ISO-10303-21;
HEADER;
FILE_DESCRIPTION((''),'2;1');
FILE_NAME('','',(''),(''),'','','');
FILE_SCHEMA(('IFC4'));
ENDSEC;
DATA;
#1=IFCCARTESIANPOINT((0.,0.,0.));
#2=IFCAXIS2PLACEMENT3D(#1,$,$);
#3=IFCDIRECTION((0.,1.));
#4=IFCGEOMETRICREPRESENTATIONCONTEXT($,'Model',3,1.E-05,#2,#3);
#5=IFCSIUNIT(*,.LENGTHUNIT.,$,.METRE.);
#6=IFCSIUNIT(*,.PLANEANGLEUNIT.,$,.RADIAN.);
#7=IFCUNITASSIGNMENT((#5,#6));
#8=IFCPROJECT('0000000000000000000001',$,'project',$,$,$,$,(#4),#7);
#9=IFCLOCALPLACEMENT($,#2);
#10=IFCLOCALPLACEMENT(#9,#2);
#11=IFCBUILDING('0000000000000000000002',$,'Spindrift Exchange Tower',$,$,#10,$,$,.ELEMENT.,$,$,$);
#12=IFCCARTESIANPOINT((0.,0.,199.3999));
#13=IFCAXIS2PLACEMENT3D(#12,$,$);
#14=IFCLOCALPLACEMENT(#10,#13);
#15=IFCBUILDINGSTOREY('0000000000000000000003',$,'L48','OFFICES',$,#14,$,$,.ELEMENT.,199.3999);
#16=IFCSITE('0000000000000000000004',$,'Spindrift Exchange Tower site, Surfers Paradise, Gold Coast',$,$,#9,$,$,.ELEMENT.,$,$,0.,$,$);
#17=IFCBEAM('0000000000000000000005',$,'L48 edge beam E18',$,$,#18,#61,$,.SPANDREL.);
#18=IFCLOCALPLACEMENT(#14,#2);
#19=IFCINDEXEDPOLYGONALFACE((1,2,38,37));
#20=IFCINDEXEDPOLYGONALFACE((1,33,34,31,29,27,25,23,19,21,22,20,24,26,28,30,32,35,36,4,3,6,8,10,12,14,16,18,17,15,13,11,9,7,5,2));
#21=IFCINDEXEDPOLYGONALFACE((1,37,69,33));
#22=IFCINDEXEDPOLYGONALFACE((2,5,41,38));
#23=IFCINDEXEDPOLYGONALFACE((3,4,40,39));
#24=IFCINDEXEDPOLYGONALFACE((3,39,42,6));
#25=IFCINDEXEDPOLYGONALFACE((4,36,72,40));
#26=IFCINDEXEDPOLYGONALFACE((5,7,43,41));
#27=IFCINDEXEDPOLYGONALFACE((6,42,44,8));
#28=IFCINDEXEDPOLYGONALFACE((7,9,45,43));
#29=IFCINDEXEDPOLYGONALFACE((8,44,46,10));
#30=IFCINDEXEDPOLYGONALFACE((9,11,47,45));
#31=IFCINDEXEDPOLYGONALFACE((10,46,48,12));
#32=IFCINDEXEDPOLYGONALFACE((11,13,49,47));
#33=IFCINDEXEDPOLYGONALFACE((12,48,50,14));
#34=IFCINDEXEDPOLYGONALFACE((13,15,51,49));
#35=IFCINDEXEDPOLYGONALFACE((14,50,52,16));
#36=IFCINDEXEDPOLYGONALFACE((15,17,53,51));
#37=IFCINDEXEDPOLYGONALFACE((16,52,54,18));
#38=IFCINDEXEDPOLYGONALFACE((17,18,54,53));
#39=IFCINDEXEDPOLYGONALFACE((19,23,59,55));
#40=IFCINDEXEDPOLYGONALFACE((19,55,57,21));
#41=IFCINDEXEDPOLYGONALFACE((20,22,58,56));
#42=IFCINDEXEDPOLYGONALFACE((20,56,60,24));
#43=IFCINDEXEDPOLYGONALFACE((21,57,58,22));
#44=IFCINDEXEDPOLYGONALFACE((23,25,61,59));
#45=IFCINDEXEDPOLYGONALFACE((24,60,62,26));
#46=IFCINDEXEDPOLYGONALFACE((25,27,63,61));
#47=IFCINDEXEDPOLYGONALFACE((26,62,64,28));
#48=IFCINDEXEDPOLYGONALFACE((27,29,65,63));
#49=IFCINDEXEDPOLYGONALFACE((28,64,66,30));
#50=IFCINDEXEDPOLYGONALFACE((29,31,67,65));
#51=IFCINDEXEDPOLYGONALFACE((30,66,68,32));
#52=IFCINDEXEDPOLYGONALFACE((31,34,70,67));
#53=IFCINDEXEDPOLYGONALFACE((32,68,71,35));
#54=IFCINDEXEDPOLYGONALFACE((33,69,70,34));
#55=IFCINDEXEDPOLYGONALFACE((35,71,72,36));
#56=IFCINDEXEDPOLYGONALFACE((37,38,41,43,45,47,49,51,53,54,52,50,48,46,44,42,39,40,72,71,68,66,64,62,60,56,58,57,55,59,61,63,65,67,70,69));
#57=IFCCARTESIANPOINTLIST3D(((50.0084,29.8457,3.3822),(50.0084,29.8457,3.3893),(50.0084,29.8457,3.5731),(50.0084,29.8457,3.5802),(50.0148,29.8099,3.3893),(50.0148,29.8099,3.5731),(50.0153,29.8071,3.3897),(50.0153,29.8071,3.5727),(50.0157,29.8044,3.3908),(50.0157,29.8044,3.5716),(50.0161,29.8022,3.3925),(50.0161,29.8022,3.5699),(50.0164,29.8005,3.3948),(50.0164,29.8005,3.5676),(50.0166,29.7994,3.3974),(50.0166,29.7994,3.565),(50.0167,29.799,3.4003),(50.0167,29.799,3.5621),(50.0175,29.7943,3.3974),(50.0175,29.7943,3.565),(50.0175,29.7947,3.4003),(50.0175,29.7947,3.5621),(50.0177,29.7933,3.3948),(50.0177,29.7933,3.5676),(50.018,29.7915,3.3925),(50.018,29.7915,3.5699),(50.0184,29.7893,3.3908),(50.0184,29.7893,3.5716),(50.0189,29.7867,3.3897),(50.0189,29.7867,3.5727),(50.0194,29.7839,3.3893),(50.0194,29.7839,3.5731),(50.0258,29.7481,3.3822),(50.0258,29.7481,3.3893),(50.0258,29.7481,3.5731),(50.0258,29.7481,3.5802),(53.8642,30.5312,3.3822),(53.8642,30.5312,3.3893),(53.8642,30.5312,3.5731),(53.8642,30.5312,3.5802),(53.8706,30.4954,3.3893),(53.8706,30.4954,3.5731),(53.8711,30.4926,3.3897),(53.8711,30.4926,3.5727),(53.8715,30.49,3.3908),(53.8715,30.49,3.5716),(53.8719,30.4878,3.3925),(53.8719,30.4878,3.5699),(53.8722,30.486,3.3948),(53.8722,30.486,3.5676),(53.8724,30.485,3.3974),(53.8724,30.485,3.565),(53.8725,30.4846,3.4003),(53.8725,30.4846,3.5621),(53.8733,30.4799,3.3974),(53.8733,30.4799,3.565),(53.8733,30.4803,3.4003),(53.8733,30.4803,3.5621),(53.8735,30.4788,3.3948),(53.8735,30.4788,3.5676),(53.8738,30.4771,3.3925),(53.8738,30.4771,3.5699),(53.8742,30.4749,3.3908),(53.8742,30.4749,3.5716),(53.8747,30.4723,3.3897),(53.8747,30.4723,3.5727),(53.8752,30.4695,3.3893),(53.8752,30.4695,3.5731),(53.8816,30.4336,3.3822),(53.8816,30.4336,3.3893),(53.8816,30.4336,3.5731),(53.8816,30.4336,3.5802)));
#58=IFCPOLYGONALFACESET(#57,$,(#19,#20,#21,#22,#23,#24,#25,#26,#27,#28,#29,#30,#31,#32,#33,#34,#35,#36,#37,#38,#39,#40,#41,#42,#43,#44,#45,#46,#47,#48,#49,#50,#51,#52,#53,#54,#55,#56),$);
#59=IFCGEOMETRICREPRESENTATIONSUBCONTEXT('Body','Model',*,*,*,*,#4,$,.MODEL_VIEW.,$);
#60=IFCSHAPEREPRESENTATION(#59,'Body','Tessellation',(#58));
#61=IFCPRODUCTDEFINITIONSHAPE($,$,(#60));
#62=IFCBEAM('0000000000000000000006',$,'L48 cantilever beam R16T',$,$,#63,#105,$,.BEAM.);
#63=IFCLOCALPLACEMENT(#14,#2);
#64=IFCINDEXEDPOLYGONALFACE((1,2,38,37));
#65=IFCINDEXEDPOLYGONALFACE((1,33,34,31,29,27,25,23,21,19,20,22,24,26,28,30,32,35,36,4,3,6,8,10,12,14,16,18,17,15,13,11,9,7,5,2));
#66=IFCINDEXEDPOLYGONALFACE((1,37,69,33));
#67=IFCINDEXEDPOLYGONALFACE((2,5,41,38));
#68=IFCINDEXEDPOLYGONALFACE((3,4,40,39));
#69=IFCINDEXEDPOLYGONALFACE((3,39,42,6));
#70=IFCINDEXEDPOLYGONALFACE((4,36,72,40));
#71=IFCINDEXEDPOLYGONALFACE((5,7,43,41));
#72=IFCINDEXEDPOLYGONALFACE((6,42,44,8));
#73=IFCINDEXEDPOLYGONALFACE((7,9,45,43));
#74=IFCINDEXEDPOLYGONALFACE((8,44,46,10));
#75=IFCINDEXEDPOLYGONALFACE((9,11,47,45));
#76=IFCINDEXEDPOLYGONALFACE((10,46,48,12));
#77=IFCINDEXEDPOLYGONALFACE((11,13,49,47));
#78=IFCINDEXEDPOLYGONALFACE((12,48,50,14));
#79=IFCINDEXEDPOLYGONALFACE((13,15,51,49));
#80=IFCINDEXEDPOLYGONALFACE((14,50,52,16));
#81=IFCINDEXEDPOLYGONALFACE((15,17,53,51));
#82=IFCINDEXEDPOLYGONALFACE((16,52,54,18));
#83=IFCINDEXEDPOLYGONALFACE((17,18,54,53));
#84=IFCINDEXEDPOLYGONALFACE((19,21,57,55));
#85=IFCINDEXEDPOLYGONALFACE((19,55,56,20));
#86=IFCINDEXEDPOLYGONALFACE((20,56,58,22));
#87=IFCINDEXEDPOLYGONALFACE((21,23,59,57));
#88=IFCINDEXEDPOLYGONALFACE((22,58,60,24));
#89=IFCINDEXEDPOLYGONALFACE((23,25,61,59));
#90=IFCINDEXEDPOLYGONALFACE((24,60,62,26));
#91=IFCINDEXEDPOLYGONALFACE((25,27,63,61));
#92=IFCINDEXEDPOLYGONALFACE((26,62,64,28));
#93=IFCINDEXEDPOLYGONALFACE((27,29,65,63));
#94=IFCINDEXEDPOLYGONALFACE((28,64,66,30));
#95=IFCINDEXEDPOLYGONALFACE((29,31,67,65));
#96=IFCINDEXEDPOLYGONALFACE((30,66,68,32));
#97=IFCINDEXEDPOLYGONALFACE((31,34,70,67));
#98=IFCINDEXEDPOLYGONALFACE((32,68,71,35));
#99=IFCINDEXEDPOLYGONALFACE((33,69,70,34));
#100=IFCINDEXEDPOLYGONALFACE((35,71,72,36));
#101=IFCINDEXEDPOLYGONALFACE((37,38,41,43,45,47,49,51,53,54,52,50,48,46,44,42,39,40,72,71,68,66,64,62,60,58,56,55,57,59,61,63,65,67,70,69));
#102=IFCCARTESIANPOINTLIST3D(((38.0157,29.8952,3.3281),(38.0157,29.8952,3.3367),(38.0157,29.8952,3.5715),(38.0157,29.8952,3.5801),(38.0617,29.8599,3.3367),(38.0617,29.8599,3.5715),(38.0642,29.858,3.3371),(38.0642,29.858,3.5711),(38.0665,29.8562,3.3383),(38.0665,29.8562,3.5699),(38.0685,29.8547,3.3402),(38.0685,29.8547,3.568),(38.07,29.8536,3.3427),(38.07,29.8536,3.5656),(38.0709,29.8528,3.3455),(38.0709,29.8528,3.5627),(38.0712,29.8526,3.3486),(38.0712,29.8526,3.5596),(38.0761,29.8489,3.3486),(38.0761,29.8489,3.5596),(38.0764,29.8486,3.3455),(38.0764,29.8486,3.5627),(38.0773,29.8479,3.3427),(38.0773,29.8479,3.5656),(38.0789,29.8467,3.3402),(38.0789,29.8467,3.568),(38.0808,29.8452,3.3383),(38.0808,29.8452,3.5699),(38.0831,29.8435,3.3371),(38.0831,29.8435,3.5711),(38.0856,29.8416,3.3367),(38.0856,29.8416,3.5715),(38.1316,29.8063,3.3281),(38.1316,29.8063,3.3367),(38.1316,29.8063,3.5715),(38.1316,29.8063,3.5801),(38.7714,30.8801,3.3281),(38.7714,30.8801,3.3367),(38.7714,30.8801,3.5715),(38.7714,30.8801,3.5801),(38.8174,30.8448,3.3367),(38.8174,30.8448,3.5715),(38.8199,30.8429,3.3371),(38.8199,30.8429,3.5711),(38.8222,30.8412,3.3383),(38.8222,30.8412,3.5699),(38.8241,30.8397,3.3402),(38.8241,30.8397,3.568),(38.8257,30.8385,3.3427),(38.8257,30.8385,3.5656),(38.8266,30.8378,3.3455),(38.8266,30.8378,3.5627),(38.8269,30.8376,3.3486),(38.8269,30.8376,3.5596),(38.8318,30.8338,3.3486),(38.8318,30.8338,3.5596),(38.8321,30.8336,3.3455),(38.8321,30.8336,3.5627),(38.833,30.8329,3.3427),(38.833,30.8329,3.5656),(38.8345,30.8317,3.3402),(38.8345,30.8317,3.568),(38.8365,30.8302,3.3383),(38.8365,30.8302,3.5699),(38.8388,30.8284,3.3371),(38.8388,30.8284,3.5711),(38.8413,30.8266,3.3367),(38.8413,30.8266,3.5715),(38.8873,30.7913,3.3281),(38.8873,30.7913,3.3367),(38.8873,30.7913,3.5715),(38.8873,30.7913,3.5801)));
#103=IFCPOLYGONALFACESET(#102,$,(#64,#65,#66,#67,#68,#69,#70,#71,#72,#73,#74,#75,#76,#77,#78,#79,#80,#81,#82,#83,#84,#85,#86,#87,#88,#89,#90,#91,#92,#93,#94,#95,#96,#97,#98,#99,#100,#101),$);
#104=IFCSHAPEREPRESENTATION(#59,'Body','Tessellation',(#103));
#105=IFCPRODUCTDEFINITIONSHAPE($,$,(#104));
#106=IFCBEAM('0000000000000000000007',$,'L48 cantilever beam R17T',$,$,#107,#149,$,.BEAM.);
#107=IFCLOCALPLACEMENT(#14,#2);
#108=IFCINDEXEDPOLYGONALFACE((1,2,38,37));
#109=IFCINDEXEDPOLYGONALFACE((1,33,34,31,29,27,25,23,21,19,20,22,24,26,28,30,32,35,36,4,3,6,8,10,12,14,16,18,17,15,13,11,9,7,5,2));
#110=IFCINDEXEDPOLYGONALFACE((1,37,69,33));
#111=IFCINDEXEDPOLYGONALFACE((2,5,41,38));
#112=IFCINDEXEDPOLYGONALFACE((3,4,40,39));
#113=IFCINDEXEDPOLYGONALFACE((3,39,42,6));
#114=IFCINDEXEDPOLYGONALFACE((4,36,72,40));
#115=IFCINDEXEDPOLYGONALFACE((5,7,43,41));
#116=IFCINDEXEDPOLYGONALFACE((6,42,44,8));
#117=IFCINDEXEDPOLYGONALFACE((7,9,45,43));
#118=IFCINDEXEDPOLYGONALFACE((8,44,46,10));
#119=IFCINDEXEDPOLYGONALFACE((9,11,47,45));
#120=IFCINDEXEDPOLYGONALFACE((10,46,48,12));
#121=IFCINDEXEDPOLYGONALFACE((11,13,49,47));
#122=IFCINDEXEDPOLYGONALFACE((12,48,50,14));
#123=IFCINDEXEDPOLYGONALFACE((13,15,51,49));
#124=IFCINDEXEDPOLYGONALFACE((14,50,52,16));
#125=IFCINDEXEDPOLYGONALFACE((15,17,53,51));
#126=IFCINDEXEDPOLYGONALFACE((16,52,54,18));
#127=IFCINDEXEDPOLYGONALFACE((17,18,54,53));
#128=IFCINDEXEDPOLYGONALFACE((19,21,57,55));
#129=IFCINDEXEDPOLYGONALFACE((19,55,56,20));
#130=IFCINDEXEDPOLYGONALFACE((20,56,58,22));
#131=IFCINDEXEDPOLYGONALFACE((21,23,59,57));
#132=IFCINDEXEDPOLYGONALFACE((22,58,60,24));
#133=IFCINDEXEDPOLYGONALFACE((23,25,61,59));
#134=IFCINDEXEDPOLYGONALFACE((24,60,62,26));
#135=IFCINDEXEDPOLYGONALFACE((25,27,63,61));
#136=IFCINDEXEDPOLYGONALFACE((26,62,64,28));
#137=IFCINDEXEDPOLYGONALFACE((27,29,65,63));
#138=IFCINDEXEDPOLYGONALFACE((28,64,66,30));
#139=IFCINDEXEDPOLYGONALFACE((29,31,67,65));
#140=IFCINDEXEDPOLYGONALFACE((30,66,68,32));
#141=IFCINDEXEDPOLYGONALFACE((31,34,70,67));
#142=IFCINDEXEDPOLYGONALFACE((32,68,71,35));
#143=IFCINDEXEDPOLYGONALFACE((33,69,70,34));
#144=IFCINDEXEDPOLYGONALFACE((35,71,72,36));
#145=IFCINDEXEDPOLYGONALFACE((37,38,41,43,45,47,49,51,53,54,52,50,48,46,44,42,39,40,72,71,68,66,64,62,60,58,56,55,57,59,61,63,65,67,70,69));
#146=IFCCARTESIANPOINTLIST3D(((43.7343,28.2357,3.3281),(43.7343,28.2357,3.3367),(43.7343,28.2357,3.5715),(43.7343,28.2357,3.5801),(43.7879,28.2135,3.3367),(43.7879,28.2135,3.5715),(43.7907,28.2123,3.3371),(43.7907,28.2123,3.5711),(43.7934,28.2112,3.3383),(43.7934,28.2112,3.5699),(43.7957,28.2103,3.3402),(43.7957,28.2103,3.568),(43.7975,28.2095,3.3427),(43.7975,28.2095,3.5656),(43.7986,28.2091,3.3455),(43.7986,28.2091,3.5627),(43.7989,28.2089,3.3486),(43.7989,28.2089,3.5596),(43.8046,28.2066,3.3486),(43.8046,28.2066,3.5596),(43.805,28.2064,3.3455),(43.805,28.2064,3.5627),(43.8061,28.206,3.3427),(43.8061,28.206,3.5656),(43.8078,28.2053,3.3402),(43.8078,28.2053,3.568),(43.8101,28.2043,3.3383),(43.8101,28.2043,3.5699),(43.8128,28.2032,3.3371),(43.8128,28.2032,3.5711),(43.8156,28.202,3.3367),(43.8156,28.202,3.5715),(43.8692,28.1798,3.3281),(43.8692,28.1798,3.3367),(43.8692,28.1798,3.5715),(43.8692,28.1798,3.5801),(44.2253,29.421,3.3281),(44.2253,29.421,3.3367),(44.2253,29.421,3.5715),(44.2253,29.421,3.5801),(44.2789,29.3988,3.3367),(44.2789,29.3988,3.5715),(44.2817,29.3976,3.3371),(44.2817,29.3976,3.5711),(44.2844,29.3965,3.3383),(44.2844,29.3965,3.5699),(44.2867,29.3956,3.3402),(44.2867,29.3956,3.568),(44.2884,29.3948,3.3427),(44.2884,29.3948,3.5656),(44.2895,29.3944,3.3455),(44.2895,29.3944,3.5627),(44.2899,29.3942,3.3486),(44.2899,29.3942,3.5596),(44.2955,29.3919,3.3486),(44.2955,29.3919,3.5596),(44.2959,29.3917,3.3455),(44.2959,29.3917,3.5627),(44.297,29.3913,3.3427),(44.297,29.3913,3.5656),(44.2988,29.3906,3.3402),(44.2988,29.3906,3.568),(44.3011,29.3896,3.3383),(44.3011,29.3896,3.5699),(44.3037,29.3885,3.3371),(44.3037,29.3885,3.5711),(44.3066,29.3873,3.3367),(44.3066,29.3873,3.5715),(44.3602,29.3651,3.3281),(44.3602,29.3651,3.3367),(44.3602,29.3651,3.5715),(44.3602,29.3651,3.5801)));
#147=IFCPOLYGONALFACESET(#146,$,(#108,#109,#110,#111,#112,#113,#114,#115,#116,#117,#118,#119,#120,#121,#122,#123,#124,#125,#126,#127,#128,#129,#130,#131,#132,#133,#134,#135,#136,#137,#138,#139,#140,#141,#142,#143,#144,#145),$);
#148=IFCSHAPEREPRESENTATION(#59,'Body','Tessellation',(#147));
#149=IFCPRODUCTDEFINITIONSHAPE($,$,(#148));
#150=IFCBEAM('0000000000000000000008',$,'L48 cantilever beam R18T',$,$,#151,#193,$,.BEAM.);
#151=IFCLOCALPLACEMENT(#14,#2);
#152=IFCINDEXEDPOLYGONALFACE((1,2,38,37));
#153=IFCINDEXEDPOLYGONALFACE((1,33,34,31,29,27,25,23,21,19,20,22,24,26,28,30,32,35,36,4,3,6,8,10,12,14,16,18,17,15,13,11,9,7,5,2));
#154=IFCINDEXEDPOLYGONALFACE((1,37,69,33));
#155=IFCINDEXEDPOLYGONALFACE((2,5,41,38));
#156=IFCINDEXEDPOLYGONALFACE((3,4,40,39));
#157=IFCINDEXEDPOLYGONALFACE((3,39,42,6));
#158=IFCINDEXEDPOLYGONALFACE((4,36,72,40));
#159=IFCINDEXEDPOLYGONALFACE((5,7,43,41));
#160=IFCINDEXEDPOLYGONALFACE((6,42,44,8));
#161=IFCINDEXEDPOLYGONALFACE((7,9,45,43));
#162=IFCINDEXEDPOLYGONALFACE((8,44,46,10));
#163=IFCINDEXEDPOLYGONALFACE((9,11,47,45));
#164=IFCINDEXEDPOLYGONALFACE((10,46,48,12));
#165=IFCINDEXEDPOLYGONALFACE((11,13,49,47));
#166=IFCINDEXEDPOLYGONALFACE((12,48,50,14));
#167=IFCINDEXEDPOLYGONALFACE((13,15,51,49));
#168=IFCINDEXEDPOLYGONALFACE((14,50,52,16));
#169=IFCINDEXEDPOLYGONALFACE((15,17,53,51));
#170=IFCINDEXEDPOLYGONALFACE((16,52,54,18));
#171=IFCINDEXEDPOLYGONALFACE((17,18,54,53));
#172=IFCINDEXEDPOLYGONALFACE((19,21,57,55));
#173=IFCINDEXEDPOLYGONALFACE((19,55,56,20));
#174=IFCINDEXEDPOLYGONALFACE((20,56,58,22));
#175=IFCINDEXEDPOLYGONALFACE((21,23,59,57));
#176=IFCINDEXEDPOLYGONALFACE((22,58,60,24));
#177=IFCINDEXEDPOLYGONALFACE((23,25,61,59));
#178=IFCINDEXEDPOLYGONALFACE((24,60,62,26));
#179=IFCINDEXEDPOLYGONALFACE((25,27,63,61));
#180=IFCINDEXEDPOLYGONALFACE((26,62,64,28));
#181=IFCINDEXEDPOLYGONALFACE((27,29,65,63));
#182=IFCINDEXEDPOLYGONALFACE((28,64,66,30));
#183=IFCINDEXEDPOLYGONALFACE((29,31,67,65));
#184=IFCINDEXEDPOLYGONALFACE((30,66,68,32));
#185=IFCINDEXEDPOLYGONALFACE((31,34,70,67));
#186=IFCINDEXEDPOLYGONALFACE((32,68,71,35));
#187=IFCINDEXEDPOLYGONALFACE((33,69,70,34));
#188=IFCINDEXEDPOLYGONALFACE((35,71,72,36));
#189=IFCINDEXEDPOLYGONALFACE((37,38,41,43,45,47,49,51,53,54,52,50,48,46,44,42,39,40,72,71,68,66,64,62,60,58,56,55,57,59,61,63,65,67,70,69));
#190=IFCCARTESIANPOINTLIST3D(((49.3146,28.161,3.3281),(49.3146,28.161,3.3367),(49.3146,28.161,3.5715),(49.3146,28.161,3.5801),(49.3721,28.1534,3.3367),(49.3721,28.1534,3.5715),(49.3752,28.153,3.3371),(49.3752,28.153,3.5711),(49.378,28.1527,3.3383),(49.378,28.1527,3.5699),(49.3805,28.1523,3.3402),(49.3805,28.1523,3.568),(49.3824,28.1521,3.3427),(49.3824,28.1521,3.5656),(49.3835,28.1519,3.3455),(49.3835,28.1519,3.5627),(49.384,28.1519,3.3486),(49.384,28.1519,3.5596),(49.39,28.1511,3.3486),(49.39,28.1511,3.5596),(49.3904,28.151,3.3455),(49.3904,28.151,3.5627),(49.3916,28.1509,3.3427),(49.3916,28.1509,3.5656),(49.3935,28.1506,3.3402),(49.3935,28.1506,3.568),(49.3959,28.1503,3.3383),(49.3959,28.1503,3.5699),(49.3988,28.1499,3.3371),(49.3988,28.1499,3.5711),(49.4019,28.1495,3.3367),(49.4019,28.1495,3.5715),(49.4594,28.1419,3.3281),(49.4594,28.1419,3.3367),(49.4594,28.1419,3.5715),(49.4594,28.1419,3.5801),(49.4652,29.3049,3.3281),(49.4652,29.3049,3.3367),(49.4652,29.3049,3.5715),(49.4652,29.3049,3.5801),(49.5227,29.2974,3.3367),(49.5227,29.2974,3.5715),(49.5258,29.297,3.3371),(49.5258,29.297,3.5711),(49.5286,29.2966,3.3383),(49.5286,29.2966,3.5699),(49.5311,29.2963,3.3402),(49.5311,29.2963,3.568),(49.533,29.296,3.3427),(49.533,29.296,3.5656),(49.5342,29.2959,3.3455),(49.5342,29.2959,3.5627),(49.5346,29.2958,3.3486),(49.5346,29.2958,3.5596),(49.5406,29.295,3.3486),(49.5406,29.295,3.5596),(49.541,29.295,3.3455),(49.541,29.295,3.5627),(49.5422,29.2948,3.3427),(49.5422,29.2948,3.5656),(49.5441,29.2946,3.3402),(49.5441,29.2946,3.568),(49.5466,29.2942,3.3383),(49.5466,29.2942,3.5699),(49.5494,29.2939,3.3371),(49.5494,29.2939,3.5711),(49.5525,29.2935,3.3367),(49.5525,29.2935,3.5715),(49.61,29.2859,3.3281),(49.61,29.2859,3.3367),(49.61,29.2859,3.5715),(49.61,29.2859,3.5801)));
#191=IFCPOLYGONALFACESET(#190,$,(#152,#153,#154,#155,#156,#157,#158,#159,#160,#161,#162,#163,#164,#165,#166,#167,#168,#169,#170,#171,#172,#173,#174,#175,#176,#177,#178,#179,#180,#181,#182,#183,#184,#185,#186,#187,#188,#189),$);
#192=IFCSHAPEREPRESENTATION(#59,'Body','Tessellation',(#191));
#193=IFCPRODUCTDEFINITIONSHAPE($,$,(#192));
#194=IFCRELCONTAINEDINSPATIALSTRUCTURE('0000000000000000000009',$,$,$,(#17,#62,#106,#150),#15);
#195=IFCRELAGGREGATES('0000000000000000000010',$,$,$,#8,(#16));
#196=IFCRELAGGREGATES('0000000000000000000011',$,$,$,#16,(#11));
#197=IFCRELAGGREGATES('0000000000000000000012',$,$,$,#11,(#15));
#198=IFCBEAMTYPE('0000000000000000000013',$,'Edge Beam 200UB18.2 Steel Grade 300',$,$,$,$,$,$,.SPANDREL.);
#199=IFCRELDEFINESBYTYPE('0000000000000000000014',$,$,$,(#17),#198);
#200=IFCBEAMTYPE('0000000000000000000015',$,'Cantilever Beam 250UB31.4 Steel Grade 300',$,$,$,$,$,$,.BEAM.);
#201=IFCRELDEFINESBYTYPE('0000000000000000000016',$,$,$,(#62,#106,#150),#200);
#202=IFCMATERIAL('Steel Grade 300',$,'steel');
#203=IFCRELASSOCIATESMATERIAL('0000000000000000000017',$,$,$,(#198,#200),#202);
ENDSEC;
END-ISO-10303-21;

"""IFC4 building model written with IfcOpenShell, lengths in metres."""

from ifc_helpers import new_model, si_unit, direction, frame, origin, origin_2d, place, context, subcontext, project, spatial, i_section, extrude, source, transform, mapped, material, material_profile, profile_set, type_object, element, save


model = new_model("IFC4")

# Units and contexts
model_context = context("Model", 3, precision=1e-05, world=origin(), true_north=direction((0.0, 1.0)))
body_context = subcontext(model_context, "Body", "Model", "MODEL_VIEW")
ifc_project = project(units=[si_unit("LENGTHUNIT", "METRE"), si_unit("PLANEANGLEUNIT", "RADIAN")], contexts=[model_context])

# Site, building, storey
site_placement = place(None, origin())
site = spatial("IfcSite", under=ifc_project, at=site_placement, Name="Spindrift Exchange Tower site, Surfers Paradise, Gold Coast", CompositionType="ELEMENT", RefElevation=0.0)
building_placement = place(site_placement, origin())
building = spatial("IfcBuilding", under=site, at=building_placement, Name="Spindrift Exchange Tower", CompositionType="ELEMENT")
storey_placement = place(building_placement, frame((0.0, 0.0, 199.3999)))
storey = spatial("IfcBuildingStorey", under=building, at=storey_placement, Name="L48", Description="OFFICES", CompositionType="ELEMENT", Elevation=199.3999)

# Beams
ifc_material_1 = material(Name="Steel Grade 300", Category="steel")
ifc_material_profile_1 = material_profile(ifc_material_1, i_section(OverallWidth=0.0991, OverallDepth=0.198, WebThickness=0.0044, FlangeThickness=0.0071, FilletRadius=0.011, at=origin_2d()), Name="200UB18.2")
ifc_profile_set_1 = profile_set([ifc_material_profile_1], Name="Steel Grade 300")
beam_type_1 = type_object("IfcBeamType", Name="Edge Beam 200UB18.2 Steel Grade 300", PredefinedType="SPANDREL", material=ifc_profile_set_1)
shared_shape_1 = source(origin(), body_context, "Body", "SweptSolid", [
    extrude(i_section(OverallWidth=0.0991, OverallDepth=0.198, WebThickness=0.0044, FlangeThickness=0.0071, FilletRadius=0.011, at=origin_2d()), origin(), (0.0, 0.0, 1.0), 3.9163),
])
beam_1_placement = place(storey_placement, frame((50.0171, 29.7969, 3.4812), z_axis=(0.984559, 0.175055, 0.0), x_axis=(-0.175055, 0.984559, 0.0)))
element("IfcBeam", 1, at=beam_1_placement, inside=storey, type_object=beam_type_1, Name="L48 edge beam E18", PredefinedType="SPANDREL", context=body_context, shape_type="MappedRepresentation", body=[
    mapped(shared_shape_1, transform((0.0, 0.0, 0.0), scale=1.0)),
])
ifc_material_profile_2 = material_profile(ifc_material_1, i_section(OverallWidth=0.146, OverallDepth=0.252, WebThickness=0.0061, FlangeThickness=0.0085, FilletRadius=0.012, at=origin_2d()), Name="250UB31.4")
ifc_profile_set_2 = profile_set([ifc_material_profile_2], Name="Steel Grade 300")
beam_type_2 = type_object("IfcBeamType", Name="Cantilever Beam 250UB31.4 Steel Grade 300", PredefinedType="BEAM", material=ifc_profile_set_2)
shared_shape_2 = source(origin(), body_context, "Body", "SweptSolid", [
    extrude(i_section(OverallWidth=0.146, OverallDepth=0.252, WebThickness=0.0061, FlangeThickness=0.0085, FilletRadius=0.012, at=origin_2d()), origin(), (0.0, 0.0, 1.0), 1.2415),
])
beam_2_placement = place(storey_placement, frame((38.8293, 30.8357, 3.4541), z_axis=(-0.608712, -0.793391, 0.0), x_axis=(0.793391, -0.608712, 0.0)))
element("IfcBeam", 2, at=beam_2_placement, inside=storey, type_object=beam_type_2, Name="L48 cantilever beam R16T", PredefinedType="BEAM", context=body_context, shape_type="MappedRepresentation", body=[
    mapped(shared_shape_2, transform((0.0, 0.0, 0.0), scale=1.0)),
])
shared_shape_3 = source(origin(), body_context, "Body", "SweptSolid", [
    extrude(i_section(OverallWidth=0.146, OverallDepth=0.252, WebThickness=0.0061, FlangeThickness=0.0085, FilletRadius=0.012, at=origin_2d()), origin(), (0.0, 0.0, 1.0), 1.283),
])
beam_3_placement = place(storey_placement, frame((44.2927, 29.3931, 3.4541), z_axis=(-0.382682, -0.92388, 0.0), x_axis=(0.92388, -0.382682, 0.0)))
element("IfcBeam", 3, at=beam_3_placement, inside=storey, type_object=beam_type_2, Name="L48 cantilever beam R17T", PredefinedType="BEAM", context=body_context, shape_type="MappedRepresentation", body=[
    mapped(shared_shape_3, transform((0.0, 0.0, 0.0), scale=1.0)),
])
shared_shape_4 = source(origin(), body_context, "Body", "SweptSolid", [
    extrude(i_section(OverallWidth=0.146, OverallDepth=0.252, WebThickness=0.0061, FlangeThickness=0.0085, FilletRadius=0.012, at=origin_2d()), origin(), (0.0, 0.0, 1.0), 1.1538),
])
beam_4_placement = place(storey_placement, frame((49.5376, 29.2954, 3.4541), z_axis=(-0.130542, -0.991443, 0.0), x_axis=(0.991443, -0.130542, 0.0)))
element("IfcBeam", 4, at=beam_4_placement, inside=storey, type_object=beam_type_2, Name="L48 cantilever beam R18T", PredefinedType="BEAM", context=body_context, shape_type="MappedRepresentation", body=[
    mapped(shared_shape_4, transform((0.0, 0.0, 0.0), scale=1.0)),
])

save(model, "model.ifc")
